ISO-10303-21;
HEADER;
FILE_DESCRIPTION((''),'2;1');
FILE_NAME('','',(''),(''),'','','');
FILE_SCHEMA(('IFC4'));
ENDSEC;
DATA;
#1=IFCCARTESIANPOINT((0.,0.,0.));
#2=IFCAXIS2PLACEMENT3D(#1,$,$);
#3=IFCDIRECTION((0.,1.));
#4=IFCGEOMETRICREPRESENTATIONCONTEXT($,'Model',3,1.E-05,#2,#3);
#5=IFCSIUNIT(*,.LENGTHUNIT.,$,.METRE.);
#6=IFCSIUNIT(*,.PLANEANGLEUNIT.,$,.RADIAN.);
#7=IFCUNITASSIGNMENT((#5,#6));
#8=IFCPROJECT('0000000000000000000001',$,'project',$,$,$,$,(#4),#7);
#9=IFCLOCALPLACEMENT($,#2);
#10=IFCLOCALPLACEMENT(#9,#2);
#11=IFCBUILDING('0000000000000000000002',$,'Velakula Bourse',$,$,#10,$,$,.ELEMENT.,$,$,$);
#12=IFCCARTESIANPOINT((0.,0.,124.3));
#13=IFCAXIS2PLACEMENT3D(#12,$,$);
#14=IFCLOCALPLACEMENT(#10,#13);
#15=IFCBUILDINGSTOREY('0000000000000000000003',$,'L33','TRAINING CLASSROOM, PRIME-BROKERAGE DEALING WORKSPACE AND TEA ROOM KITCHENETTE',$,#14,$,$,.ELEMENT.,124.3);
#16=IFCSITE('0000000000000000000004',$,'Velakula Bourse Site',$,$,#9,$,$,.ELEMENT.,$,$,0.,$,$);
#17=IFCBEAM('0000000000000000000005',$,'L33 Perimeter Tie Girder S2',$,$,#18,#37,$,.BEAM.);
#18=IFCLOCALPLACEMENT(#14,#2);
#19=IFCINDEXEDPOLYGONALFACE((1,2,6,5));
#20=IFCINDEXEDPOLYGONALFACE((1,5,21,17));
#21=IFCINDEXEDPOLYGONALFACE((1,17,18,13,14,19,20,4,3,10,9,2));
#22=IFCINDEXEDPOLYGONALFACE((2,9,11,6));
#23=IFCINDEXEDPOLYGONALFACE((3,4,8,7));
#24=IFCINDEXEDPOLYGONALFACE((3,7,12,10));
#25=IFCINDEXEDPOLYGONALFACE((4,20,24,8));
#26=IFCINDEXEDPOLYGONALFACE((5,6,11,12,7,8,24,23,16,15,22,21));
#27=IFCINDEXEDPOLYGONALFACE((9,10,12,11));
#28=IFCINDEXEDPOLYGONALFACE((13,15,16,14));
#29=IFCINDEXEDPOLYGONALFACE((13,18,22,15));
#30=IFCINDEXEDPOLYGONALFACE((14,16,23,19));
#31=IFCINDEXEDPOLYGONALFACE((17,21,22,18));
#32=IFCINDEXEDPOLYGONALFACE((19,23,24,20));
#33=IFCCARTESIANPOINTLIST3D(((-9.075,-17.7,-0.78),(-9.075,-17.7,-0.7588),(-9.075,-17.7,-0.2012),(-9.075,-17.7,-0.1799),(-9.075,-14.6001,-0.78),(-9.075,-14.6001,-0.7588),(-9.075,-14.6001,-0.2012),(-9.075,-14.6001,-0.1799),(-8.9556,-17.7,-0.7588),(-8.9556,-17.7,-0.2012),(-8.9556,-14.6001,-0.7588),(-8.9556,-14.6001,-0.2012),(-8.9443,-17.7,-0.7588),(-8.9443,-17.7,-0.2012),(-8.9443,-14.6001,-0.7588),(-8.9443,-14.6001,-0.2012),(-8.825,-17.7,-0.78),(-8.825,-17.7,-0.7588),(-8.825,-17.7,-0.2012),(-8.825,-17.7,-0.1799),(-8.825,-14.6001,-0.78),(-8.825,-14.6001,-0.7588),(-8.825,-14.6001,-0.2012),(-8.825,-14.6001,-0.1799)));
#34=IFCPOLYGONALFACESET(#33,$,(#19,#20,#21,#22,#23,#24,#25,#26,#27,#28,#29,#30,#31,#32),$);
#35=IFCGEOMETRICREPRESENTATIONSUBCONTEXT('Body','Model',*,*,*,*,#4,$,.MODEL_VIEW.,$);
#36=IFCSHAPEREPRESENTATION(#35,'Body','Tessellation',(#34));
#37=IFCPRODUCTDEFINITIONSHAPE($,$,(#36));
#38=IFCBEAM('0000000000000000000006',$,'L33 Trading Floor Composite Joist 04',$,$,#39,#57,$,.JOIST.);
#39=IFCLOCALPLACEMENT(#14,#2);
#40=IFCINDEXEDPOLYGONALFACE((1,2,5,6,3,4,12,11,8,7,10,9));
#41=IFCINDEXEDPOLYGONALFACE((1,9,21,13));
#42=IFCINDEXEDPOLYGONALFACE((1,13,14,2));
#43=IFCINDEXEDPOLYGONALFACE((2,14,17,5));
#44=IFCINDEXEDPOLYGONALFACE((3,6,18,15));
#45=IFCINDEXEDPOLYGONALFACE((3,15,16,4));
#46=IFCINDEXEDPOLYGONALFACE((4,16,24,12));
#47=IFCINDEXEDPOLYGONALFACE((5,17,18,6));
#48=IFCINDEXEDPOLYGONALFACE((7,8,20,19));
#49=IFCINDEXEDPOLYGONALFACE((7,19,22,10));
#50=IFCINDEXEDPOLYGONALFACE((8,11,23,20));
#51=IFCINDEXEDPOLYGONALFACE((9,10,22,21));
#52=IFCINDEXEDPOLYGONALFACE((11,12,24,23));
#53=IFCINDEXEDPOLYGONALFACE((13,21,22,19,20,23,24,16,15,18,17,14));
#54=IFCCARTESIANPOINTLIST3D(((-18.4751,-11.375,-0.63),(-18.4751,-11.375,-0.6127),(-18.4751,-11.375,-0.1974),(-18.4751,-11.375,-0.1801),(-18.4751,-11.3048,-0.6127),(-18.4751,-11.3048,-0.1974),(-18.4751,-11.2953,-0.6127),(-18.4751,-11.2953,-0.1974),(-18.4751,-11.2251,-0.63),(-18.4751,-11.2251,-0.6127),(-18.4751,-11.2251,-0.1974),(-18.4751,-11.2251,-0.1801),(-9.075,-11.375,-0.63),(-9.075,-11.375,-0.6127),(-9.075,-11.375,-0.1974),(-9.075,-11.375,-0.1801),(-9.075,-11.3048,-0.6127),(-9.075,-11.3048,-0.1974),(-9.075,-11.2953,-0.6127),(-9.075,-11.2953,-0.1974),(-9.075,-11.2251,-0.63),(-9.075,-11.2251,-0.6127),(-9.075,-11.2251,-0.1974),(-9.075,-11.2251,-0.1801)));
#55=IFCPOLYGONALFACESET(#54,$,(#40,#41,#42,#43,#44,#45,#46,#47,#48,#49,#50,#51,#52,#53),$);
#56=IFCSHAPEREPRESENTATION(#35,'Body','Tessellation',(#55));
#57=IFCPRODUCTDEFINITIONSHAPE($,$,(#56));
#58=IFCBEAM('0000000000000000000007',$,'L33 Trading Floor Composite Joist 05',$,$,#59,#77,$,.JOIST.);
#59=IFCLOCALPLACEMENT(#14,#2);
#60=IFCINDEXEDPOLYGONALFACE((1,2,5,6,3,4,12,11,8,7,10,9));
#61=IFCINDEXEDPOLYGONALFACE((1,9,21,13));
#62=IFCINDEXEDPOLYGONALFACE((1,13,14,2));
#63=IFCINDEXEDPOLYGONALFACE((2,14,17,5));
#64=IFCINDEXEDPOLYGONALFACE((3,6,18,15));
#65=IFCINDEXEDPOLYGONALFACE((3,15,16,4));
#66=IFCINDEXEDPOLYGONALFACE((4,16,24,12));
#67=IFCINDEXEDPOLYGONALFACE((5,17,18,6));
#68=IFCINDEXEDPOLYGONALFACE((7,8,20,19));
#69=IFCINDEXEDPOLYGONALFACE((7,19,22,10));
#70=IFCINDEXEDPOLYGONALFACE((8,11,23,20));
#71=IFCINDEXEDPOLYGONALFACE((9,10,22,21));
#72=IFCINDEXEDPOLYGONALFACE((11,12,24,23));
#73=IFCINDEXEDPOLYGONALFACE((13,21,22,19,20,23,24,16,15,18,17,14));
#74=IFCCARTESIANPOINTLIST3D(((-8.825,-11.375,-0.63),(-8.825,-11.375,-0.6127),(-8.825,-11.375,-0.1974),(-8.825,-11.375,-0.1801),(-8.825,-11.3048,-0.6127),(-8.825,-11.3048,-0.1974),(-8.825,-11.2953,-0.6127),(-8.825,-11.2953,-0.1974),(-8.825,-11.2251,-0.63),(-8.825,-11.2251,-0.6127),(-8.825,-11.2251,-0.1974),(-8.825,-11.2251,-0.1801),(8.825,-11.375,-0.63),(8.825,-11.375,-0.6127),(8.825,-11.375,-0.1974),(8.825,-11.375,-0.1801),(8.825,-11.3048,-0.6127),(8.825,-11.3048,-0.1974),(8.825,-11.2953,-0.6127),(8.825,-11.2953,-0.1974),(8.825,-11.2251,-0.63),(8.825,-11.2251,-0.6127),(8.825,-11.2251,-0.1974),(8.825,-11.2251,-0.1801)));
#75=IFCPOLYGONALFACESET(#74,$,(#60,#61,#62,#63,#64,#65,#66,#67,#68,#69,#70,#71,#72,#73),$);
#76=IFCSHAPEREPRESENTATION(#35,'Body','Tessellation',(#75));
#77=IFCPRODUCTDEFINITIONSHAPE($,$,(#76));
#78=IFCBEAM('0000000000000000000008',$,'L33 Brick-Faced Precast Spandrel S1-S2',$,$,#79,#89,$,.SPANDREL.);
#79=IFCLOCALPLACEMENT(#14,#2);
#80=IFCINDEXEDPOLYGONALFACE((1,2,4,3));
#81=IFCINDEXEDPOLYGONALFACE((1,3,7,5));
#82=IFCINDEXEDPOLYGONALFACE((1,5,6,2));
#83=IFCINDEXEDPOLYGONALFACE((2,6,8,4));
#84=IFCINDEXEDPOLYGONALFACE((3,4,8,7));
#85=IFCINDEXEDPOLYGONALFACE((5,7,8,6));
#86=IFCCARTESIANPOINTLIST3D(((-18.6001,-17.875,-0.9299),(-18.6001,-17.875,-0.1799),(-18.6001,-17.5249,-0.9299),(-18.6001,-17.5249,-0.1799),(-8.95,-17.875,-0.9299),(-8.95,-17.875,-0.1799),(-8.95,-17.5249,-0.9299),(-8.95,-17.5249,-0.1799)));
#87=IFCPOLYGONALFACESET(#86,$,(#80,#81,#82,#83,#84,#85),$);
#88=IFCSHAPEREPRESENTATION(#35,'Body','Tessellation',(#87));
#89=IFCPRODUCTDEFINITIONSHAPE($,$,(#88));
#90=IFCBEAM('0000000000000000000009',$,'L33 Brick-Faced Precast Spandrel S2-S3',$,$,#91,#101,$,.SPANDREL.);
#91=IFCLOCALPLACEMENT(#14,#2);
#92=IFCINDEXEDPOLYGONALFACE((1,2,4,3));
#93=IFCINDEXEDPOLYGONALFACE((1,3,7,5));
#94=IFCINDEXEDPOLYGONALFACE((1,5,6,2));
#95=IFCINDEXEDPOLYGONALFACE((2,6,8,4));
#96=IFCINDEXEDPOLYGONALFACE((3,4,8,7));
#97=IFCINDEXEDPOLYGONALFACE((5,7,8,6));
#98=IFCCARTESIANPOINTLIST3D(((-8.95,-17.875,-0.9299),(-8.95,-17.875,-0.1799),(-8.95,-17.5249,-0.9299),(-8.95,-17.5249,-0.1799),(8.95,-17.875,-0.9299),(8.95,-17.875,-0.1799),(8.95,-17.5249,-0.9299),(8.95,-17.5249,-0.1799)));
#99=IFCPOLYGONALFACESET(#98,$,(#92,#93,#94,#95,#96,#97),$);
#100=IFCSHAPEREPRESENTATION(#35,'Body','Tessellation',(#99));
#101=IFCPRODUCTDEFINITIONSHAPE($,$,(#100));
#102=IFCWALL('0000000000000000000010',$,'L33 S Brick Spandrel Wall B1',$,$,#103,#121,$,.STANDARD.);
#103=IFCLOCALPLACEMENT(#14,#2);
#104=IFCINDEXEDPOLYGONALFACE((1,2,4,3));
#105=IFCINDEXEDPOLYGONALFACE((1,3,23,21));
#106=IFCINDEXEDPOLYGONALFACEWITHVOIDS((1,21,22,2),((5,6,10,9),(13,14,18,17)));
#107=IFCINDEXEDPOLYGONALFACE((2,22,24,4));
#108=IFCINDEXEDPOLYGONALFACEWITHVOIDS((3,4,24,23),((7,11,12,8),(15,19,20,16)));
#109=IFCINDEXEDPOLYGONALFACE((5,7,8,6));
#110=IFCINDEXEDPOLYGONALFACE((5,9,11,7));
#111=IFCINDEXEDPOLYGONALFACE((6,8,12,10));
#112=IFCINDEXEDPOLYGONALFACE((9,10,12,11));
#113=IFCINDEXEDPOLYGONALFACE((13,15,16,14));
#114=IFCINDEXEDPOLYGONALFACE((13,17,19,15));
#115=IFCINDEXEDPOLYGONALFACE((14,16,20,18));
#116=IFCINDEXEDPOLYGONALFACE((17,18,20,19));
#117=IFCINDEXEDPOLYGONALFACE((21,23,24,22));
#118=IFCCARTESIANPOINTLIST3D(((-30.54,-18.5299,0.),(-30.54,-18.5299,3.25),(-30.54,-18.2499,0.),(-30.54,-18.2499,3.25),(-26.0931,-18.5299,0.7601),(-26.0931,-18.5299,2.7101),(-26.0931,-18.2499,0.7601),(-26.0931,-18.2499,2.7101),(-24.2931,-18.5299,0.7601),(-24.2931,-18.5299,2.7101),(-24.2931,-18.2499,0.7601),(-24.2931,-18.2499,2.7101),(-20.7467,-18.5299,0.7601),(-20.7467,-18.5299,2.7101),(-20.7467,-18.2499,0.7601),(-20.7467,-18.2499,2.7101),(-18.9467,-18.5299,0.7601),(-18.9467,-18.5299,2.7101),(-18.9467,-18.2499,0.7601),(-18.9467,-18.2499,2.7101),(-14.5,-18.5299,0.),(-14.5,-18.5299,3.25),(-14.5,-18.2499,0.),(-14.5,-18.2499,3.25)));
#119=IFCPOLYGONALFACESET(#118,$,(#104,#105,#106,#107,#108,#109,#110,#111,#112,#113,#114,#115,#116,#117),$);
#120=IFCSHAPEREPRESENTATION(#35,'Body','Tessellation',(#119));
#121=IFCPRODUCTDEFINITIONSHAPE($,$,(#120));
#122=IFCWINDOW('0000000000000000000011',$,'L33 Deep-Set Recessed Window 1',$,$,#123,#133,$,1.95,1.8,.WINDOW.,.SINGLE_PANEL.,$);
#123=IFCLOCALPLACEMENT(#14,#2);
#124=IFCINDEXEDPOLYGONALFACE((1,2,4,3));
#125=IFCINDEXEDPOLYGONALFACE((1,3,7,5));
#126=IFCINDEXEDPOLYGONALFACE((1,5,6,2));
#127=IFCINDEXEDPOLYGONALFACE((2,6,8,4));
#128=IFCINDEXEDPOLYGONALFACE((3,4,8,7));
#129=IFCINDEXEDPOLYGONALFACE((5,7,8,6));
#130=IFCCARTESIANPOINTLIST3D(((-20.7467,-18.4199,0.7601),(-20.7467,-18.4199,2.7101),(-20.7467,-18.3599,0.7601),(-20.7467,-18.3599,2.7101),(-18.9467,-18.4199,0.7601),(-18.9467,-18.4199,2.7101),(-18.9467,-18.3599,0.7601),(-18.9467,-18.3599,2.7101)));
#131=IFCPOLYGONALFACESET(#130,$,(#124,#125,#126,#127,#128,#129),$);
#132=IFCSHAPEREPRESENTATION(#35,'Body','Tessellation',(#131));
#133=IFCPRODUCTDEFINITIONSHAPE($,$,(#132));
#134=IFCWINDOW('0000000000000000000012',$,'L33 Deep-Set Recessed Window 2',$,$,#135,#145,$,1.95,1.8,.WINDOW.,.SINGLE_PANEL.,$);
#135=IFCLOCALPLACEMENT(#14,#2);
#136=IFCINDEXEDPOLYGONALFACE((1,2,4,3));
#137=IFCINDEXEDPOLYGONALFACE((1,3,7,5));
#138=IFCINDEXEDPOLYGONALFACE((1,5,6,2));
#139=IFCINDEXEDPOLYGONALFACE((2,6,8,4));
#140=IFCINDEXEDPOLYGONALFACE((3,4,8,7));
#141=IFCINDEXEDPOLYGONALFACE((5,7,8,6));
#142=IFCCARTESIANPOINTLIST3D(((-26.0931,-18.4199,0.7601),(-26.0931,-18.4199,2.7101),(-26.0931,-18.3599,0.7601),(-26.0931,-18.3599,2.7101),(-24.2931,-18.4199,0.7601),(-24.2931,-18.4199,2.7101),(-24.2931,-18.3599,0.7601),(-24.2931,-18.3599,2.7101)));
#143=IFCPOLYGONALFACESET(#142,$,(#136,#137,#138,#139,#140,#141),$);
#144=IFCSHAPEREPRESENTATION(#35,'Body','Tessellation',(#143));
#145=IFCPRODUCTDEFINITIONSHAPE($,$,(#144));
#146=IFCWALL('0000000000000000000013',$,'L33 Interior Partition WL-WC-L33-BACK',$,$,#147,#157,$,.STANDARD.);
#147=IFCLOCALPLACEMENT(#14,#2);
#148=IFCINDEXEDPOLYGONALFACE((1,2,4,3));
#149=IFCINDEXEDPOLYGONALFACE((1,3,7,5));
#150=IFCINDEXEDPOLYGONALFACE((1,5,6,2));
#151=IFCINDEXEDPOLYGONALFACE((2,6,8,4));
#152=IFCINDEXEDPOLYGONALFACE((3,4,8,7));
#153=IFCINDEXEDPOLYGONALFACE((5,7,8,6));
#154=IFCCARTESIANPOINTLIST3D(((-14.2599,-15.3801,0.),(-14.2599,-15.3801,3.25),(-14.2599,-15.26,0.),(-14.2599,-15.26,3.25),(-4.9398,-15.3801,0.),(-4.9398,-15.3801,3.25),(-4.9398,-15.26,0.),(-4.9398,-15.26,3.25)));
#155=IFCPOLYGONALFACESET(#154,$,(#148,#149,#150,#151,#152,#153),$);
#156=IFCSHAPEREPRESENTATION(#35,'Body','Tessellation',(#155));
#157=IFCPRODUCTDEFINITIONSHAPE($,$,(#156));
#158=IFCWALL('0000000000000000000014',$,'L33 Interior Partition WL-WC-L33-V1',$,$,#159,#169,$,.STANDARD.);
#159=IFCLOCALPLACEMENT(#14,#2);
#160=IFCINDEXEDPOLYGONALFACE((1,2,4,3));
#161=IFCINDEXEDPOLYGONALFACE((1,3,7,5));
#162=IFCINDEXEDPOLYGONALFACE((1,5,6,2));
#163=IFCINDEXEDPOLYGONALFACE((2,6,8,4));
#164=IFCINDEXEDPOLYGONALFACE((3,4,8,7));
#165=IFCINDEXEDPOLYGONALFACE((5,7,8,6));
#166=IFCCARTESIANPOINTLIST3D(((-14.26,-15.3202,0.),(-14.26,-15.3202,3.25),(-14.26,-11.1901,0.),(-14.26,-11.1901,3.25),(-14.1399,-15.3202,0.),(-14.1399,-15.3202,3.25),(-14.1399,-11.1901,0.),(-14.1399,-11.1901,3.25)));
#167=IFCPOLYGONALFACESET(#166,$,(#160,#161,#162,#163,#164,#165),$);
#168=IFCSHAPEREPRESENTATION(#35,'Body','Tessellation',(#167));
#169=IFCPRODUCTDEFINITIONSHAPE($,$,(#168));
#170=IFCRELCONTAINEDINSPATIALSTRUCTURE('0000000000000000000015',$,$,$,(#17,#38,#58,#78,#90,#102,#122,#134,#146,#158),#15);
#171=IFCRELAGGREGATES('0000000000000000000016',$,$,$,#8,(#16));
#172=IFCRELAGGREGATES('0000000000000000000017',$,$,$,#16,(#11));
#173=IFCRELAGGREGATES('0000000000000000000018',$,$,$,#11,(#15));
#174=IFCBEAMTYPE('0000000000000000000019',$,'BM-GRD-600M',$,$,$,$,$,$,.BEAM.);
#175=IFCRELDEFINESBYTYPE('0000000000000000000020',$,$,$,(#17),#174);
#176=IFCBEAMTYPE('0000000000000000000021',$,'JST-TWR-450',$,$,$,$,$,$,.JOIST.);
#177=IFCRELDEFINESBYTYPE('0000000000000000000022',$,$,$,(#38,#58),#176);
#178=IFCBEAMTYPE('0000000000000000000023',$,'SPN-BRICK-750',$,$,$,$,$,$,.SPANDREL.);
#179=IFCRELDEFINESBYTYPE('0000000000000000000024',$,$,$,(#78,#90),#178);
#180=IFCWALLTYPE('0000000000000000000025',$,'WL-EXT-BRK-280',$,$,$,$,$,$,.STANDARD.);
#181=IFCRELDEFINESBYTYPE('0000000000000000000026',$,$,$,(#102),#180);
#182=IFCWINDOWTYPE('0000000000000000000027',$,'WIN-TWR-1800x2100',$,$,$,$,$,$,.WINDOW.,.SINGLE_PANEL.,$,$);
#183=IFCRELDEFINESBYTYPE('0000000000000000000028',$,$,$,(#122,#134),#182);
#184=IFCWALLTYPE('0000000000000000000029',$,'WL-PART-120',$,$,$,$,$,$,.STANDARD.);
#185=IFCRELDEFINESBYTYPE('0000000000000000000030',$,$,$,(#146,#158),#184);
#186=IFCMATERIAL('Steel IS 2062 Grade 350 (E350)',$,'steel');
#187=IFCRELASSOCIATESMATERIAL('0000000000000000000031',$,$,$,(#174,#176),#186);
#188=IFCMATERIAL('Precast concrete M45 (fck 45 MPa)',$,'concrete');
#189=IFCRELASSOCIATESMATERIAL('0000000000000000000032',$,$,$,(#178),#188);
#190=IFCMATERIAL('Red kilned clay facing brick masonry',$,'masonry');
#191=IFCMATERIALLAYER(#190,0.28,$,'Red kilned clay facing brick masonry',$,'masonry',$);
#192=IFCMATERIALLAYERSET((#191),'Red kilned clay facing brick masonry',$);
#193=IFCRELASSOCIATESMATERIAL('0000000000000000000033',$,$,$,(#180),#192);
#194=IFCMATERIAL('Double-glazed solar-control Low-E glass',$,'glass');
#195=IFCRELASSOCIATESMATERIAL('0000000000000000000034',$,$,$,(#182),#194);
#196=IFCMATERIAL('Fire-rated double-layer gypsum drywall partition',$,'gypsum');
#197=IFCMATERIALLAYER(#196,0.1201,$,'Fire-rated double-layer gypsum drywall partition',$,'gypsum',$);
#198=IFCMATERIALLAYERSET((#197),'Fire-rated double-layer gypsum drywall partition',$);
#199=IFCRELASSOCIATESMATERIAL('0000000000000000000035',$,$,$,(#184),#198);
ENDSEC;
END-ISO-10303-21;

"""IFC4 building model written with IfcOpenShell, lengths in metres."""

from ifc_helpers import new_model, si_unit, direction, frame, frame_2d, origin, origin_2d, place, context, subcontext, project, spatial, rectangle, i_section, extrude, material, layer, layer_set, material_profile, profile_set, type_object, element, fill, save


model = new_model("IFC4")

# Units and contexts
model_context = context("Model", 3, precision=1e-05, world=origin(), true_north=direction((0.0, 1.0)))
body_context = subcontext(model_context, "Body", "Model", "MODEL_VIEW")
ifc_project = project(units=[si_unit("LENGTHUNIT", "METRE"), si_unit("PLANEANGLEUNIT", "RADIAN")], contexts=[model_context])

# Site, building, storey
site_placement = place(None, origin())
site = spatial("IfcSite", under=ifc_project, at=site_placement, Name="Velakula Bourse Site", CompositionType="ELEMENT", RefElevation=0.0)
building_placement = place(site_placement, origin())
building = spatial("IfcBuilding", under=site, at=building_placement, Name="Velakula Bourse", CompositionType="ELEMENT")
storey_placement = place(building_placement, frame((0.0, 0.0, 124.3)))
storey = spatial("IfcBuildingStorey", under=building, at=storey_placement, Name="L33", Description="TRAINING CLASSROOM, PRIME-BROKERAGE DEALING WORKSPACE AND TEA ROOM KITCHENETTE", CompositionType="ELEMENT", Elevation=124.3)

# Shared definitions
ifc_material_1 = material(Name="Steel IS 2062 Grade 350 (E350)", Category="steel")

# Beams
ifc_material_profile_1 = material_profile(ifc_material_1, i_section(OverallWidth=0.25, OverallDepth=0.6001, WebThickness=0.0112, FlangeThickness=0.0212, at=origin_2d()), Name="Steel IS 2062 Grade 350 (E350)")
ifc_profile_set_1 = profile_set([ifc_material_profile_1], Name="Steel IS 2062 Grade 350 (E350)")
beam_type_1 = type_object("IfcBeamType", Name="BM-GRD-600M", PredefinedType="BEAM", material=ifc_profile_set_1)
for number, where, z_axis, x_axis, name in (
    (1, (-8.95, -14.6001, -0.48), (0.0, -1.0, 0.0), (1.0, 0.0, 0.0), "L33 Perimeter Tie Girder S2"),
):
    element("IfcBeam", number, at=place(storey_placement, frame(where, z_axis=z_axis, x_axis=x_axis)), inside=storey, type_object=beam_type_1, Name=name, PredefinedType="BEAM", context=body_context, shape_type="SweptSolid", body=[
        extrude(i_section(OverallWidth=0.25, OverallDepth=0.6001, WebThickness=0.0112, FlangeThickness=0.0212, at=origin_2d()), origin(), (0.0, 0.0, 1.0), 3.0999),
    ])
ifc_material_profile_2 = material_profile(ifc_material_1, i_section(OverallWidth=0.1499, OverallDepth=0.45, WebThickness=0.0095, FlangeThickness=0.0173, at=origin_2d()), Name="Steel IS 2062 Grade 350 (E350)")
ifc_profile_set_2 = profile_set([ifc_material_profile_2], Name="Steel IS 2062 Grade 350 (E350)")
beam_type_2 = type_object("IfcBeamType", Name="JST-TWR-450", PredefinedType="JOIST", material=ifc_profile_set_2)
beam_1_placement = place(storey_placement, frame((-18.4751, -11.3, -0.405), z_axis=(1.0, 0.0, 0.0), x_axis=(0.0, 1.0, 0.0)))
element("IfcBeam", 2, at=beam_1_placement, inside=storey, type_object=beam_type_2, Name="L33 Trading Floor Composite Joist 04", PredefinedType="JOIST", context=body_context, shape_type="SweptSolid", body=[
    extrude(i_section(OverallWidth=0.1499, OverallDepth=0.45, WebThickness=0.0095, FlangeThickness=0.0173, at=origin_2d()), origin(), (0.0, 0.0, 1.0), 9.4001),
])
beam_2_placement = place(storey_placement, frame((-8.825, -11.3, -0.405), z_axis=(1.0, 0.0, 0.0), x_axis=(0.0, 1.0, 0.0)))
element("IfcBeam", 3, at=beam_2_placement, inside=storey, type_object=beam_type_2, Name="L33 Trading Floor Composite Joist 05", PredefinedType="JOIST", context=body_context, shape_type="SweptSolid", body=[
    extrude(i_section(OverallWidth=0.1499, OverallDepth=0.45, WebThickness=0.0095, FlangeThickness=0.0173, at=origin_2d()), origin(), (0.0, 0.0, 1.0), 17.6499),
])
ifc_material_2 = material(Name="Precast concrete M45 (fck 45 MPa)", Category="concrete")
ifc_material_profile_3 = material_profile(ifc_material_2, rectangle(XDim=0.3501, YDim=0.75, at=origin_2d()), Name="Precast concrete M45 (fck 45 MPa)")
ifc_profile_set_3 = profile_set([ifc_material_profile_3], Name="Precast concrete M45 (fck 45 MPa)")
beam_type_3 = type_object("IfcBeamType", Name="SPN-BRICK-750", PredefinedType="SPANDREL", material=ifc_profile_set_3)
beam_3_placement = place(storey_placement, frame((-18.6001, -17.7, -0.5549), z_axis=(1.0, 0.0, 0.0), x_axis=(0.0, 1.0, 0.0)))
element("IfcBeam", 4, at=beam_3_placement, inside=storey, type_object=beam_type_3, Name="L33 Brick-Faced Precast Spandrel S1-S2", PredefinedType="SPANDREL", context=body_context, shape_type="SweptSolid", body=[
    extrude(rectangle(XDim=0.3501, YDim=0.75, at=origin_2d()), origin(), (0.0, 0.0, 1.0), 9.6501),
])
beam_4_placement = place(storey_placement, frame((-8.95, -17.7, -0.5549), z_axis=(1.0, 0.0, 0.0), x_axis=(0.0, 1.0, 0.0)))
element("IfcBeam", 5, at=beam_4_placement, inside=storey, type_object=beam_type_3, Name="L33 Brick-Faced Precast Spandrel S2-S3", PredefinedType="SPANDREL", context=body_context, shape_type="SweptSolid", body=[
    extrude(rectangle(XDim=0.3501, YDim=0.75, at=origin_2d()), origin(), (0.0, 0.0, 1.0), 17.8999),
])

# Wall, openings, windows
ifc_material_3 = material(Name="Red kilned clay facing brick masonry", Category="masonry")
ifc_layer_1 = layer(ifc_material_3, 0.28, Name="Red kilned clay facing brick masonry", Category="masonry")
ifc_layer_set_1 = layer_set([ifc_layer_1], Name="Red kilned clay facing brick masonry")
wall_type_1 = type_object("IfcWallType", Name="WL-EXT-BRK-280", PredefinedType="STANDARD", material=ifc_layer_set_1)
wall_1_placement = place(storey_placement, frame((-14.5, -18.3899, 0.0), z_axis=(0.0, 0.0, 1.0), x_axis=(-1.0, 0.0, 0.0)))
wall_1 = element("IfcWall", 6, at=wall_1_placement, inside=storey, type_object=wall_type_1, Name="L33 S Brick Spandrel Wall B1", PredefinedType="STANDARD", context=body_context, shape_type="SweptSolid", body=[
    extrude(rectangle(XDim=16.04, YDim=0.28, at=frame_2d((8.02, 0.0))), origin(), (0.0, 0.0, 1.0), 3.25),
])
opening_1_placement = place(wall_1_placement, frame((4.4468, 0.0, 0.76)))
opening_1 = element("IfcOpeningElement", 7, at=opening_1_placement, cuts=wall_1, PredefinedType="OPENING", context=body_context, shape_type="SweptSolid", body=[
    extrude(rectangle(XDim=1.8, YDim=1.95, at=frame_2d((0.8999, 0.9751))), frame((0.0, 0.1499, 0.0), z_axis=(0.0, -1.0, 0.0), x_axis=(1.0, 0.0, 0.0)), (0.0, 0.0, 1.0), 0.3),
])
opening_2_placement = place(wall_1_placement, frame((9.7932, 0.0, 0.76)))
opening_2 = element("IfcOpeningElement", 8, at=opening_2_placement, cuts=wall_1, PredefinedType="OPENING", context=body_context, shape_type="SweptSolid", body=[
    extrude(rectangle(XDim=1.8, YDim=1.95, at=frame_2d((0.8999, 0.9751))), frame((0.0, 0.1499, 0.0), z_axis=(0.0, -1.0, 0.0), x_axis=(1.0, 0.0, 0.0)), (0.0, 0.0, 1.0), 0.3),
])
ifc_material_4 = material(Name="Double-glazed solar-control Low-E glass", Category="glass")
window_type = type_object("IfcWindowType", Name="WIN-TWR-1800x2100", PartitioningType="SINGLE_PANEL", PredefinedType="WINDOW", material=ifc_material_4)
window_1_placement = place(opening_1_placement, origin())
window_1 = element("IfcWindow", 9, at=window_1_placement, inside=storey, type_object=window_type, Name="L33 Deep-Set Recessed Window 1", OverallHeight=1.95, OverallWidth=1.8, PartitioningType="SINGLE_PANEL", PredefinedType="WINDOW", context=body_context, shape_type="SweptSolid", body=[
    extrude(rectangle(XDim=1.8, YDim=1.95, at=frame_2d((0.8999, 0.9751))), frame((0.0, 0.03, 0.0), z_axis=(0.0, -1.0, 0.0), x_axis=(1.0, 0.0, 0.0)), (0.0, 0.0, 1.0), 0.0601),
])
fill(opening_1, window_1)
window_2_placement = place(opening_2_placement, origin())
window_2 = element("IfcWindow", 10, at=window_2_placement, inside=storey, type_object=window_type, Name="L33 Deep-Set Recessed Window 2", OverallHeight=1.95, OverallWidth=1.8, PartitioningType="SINGLE_PANEL", PredefinedType="WINDOW", context=body_context, shape_type="SweptSolid", body=[
    extrude(rectangle(XDim=1.8, YDim=1.95, at=frame_2d((0.8999, 0.9751))), frame((0.0, 0.03, 0.0), z_axis=(0.0, -1.0, 0.0), x_axis=(1.0, 0.0, 0.0)), (0.0, 0.0, 1.0), 0.0601),
])
fill(opening_2, window_2)

# Walls
ifc_material_5 = material(Name="Fire-rated double-layer gypsum drywall partition", Category="gypsum")
ifc_layer_2 = layer(ifc_material_5, 0.1201, Name="Fire-rated double-layer gypsum drywall partition", Category="gypsum")
ifc_layer_set_2 = layer_set([ifc_layer_2], Name="Fire-rated double-layer gypsum drywall partition")
wall_type_2 = type_object("IfcWallType", Name="WL-PART-120", PredefinedType="STANDARD", material=ifc_layer_set_2)
wall_2_placement = place(storey_placement, frame((-14.26, -15.3201, 0.0), z_axis=(0.0, 0.0, 1.0), x_axis=(1.0, 0.0, 0.0)))
element("IfcWall", 11, at=wall_2_placement, inside=storey, type_object=wall_type_2, Name="L33 Interior Partition WL-WC-L33-BACK", PredefinedType="STANDARD", context=body_context, shape_type="SweptSolid", body=[
    extrude(rectangle(XDim=9.3201, YDim=0.1201, at=frame_2d((4.6602, 0.0))), origin(), (0.0, 0.0, 1.0), 3.25),
])
for number, where, z_axis, x_axis, name in (
    (12, (-14.2, -15.3201, 0.0), (0.0, 0.0, 1.0), (0.0, 1.0, 0.0), "L33 Interior Partition WL-WC-L33-V1"),
):
    element("IfcWall", number, at=place(storey_placement, frame(where, z_axis=z_axis, x_axis=x_axis)), inside=storey, type_object=wall_type_2, Name=name, PredefinedType="STANDARD", context=body_context, shape_type="SweptSolid", body=[
        extrude(rectangle(XDim=4.1301, YDim=0.1201, at=frame_2d((2.0649, 0.0))), origin(), (0.0, 0.0, 1.0), 3.25),
    ])

save(model, "model.ifc")
